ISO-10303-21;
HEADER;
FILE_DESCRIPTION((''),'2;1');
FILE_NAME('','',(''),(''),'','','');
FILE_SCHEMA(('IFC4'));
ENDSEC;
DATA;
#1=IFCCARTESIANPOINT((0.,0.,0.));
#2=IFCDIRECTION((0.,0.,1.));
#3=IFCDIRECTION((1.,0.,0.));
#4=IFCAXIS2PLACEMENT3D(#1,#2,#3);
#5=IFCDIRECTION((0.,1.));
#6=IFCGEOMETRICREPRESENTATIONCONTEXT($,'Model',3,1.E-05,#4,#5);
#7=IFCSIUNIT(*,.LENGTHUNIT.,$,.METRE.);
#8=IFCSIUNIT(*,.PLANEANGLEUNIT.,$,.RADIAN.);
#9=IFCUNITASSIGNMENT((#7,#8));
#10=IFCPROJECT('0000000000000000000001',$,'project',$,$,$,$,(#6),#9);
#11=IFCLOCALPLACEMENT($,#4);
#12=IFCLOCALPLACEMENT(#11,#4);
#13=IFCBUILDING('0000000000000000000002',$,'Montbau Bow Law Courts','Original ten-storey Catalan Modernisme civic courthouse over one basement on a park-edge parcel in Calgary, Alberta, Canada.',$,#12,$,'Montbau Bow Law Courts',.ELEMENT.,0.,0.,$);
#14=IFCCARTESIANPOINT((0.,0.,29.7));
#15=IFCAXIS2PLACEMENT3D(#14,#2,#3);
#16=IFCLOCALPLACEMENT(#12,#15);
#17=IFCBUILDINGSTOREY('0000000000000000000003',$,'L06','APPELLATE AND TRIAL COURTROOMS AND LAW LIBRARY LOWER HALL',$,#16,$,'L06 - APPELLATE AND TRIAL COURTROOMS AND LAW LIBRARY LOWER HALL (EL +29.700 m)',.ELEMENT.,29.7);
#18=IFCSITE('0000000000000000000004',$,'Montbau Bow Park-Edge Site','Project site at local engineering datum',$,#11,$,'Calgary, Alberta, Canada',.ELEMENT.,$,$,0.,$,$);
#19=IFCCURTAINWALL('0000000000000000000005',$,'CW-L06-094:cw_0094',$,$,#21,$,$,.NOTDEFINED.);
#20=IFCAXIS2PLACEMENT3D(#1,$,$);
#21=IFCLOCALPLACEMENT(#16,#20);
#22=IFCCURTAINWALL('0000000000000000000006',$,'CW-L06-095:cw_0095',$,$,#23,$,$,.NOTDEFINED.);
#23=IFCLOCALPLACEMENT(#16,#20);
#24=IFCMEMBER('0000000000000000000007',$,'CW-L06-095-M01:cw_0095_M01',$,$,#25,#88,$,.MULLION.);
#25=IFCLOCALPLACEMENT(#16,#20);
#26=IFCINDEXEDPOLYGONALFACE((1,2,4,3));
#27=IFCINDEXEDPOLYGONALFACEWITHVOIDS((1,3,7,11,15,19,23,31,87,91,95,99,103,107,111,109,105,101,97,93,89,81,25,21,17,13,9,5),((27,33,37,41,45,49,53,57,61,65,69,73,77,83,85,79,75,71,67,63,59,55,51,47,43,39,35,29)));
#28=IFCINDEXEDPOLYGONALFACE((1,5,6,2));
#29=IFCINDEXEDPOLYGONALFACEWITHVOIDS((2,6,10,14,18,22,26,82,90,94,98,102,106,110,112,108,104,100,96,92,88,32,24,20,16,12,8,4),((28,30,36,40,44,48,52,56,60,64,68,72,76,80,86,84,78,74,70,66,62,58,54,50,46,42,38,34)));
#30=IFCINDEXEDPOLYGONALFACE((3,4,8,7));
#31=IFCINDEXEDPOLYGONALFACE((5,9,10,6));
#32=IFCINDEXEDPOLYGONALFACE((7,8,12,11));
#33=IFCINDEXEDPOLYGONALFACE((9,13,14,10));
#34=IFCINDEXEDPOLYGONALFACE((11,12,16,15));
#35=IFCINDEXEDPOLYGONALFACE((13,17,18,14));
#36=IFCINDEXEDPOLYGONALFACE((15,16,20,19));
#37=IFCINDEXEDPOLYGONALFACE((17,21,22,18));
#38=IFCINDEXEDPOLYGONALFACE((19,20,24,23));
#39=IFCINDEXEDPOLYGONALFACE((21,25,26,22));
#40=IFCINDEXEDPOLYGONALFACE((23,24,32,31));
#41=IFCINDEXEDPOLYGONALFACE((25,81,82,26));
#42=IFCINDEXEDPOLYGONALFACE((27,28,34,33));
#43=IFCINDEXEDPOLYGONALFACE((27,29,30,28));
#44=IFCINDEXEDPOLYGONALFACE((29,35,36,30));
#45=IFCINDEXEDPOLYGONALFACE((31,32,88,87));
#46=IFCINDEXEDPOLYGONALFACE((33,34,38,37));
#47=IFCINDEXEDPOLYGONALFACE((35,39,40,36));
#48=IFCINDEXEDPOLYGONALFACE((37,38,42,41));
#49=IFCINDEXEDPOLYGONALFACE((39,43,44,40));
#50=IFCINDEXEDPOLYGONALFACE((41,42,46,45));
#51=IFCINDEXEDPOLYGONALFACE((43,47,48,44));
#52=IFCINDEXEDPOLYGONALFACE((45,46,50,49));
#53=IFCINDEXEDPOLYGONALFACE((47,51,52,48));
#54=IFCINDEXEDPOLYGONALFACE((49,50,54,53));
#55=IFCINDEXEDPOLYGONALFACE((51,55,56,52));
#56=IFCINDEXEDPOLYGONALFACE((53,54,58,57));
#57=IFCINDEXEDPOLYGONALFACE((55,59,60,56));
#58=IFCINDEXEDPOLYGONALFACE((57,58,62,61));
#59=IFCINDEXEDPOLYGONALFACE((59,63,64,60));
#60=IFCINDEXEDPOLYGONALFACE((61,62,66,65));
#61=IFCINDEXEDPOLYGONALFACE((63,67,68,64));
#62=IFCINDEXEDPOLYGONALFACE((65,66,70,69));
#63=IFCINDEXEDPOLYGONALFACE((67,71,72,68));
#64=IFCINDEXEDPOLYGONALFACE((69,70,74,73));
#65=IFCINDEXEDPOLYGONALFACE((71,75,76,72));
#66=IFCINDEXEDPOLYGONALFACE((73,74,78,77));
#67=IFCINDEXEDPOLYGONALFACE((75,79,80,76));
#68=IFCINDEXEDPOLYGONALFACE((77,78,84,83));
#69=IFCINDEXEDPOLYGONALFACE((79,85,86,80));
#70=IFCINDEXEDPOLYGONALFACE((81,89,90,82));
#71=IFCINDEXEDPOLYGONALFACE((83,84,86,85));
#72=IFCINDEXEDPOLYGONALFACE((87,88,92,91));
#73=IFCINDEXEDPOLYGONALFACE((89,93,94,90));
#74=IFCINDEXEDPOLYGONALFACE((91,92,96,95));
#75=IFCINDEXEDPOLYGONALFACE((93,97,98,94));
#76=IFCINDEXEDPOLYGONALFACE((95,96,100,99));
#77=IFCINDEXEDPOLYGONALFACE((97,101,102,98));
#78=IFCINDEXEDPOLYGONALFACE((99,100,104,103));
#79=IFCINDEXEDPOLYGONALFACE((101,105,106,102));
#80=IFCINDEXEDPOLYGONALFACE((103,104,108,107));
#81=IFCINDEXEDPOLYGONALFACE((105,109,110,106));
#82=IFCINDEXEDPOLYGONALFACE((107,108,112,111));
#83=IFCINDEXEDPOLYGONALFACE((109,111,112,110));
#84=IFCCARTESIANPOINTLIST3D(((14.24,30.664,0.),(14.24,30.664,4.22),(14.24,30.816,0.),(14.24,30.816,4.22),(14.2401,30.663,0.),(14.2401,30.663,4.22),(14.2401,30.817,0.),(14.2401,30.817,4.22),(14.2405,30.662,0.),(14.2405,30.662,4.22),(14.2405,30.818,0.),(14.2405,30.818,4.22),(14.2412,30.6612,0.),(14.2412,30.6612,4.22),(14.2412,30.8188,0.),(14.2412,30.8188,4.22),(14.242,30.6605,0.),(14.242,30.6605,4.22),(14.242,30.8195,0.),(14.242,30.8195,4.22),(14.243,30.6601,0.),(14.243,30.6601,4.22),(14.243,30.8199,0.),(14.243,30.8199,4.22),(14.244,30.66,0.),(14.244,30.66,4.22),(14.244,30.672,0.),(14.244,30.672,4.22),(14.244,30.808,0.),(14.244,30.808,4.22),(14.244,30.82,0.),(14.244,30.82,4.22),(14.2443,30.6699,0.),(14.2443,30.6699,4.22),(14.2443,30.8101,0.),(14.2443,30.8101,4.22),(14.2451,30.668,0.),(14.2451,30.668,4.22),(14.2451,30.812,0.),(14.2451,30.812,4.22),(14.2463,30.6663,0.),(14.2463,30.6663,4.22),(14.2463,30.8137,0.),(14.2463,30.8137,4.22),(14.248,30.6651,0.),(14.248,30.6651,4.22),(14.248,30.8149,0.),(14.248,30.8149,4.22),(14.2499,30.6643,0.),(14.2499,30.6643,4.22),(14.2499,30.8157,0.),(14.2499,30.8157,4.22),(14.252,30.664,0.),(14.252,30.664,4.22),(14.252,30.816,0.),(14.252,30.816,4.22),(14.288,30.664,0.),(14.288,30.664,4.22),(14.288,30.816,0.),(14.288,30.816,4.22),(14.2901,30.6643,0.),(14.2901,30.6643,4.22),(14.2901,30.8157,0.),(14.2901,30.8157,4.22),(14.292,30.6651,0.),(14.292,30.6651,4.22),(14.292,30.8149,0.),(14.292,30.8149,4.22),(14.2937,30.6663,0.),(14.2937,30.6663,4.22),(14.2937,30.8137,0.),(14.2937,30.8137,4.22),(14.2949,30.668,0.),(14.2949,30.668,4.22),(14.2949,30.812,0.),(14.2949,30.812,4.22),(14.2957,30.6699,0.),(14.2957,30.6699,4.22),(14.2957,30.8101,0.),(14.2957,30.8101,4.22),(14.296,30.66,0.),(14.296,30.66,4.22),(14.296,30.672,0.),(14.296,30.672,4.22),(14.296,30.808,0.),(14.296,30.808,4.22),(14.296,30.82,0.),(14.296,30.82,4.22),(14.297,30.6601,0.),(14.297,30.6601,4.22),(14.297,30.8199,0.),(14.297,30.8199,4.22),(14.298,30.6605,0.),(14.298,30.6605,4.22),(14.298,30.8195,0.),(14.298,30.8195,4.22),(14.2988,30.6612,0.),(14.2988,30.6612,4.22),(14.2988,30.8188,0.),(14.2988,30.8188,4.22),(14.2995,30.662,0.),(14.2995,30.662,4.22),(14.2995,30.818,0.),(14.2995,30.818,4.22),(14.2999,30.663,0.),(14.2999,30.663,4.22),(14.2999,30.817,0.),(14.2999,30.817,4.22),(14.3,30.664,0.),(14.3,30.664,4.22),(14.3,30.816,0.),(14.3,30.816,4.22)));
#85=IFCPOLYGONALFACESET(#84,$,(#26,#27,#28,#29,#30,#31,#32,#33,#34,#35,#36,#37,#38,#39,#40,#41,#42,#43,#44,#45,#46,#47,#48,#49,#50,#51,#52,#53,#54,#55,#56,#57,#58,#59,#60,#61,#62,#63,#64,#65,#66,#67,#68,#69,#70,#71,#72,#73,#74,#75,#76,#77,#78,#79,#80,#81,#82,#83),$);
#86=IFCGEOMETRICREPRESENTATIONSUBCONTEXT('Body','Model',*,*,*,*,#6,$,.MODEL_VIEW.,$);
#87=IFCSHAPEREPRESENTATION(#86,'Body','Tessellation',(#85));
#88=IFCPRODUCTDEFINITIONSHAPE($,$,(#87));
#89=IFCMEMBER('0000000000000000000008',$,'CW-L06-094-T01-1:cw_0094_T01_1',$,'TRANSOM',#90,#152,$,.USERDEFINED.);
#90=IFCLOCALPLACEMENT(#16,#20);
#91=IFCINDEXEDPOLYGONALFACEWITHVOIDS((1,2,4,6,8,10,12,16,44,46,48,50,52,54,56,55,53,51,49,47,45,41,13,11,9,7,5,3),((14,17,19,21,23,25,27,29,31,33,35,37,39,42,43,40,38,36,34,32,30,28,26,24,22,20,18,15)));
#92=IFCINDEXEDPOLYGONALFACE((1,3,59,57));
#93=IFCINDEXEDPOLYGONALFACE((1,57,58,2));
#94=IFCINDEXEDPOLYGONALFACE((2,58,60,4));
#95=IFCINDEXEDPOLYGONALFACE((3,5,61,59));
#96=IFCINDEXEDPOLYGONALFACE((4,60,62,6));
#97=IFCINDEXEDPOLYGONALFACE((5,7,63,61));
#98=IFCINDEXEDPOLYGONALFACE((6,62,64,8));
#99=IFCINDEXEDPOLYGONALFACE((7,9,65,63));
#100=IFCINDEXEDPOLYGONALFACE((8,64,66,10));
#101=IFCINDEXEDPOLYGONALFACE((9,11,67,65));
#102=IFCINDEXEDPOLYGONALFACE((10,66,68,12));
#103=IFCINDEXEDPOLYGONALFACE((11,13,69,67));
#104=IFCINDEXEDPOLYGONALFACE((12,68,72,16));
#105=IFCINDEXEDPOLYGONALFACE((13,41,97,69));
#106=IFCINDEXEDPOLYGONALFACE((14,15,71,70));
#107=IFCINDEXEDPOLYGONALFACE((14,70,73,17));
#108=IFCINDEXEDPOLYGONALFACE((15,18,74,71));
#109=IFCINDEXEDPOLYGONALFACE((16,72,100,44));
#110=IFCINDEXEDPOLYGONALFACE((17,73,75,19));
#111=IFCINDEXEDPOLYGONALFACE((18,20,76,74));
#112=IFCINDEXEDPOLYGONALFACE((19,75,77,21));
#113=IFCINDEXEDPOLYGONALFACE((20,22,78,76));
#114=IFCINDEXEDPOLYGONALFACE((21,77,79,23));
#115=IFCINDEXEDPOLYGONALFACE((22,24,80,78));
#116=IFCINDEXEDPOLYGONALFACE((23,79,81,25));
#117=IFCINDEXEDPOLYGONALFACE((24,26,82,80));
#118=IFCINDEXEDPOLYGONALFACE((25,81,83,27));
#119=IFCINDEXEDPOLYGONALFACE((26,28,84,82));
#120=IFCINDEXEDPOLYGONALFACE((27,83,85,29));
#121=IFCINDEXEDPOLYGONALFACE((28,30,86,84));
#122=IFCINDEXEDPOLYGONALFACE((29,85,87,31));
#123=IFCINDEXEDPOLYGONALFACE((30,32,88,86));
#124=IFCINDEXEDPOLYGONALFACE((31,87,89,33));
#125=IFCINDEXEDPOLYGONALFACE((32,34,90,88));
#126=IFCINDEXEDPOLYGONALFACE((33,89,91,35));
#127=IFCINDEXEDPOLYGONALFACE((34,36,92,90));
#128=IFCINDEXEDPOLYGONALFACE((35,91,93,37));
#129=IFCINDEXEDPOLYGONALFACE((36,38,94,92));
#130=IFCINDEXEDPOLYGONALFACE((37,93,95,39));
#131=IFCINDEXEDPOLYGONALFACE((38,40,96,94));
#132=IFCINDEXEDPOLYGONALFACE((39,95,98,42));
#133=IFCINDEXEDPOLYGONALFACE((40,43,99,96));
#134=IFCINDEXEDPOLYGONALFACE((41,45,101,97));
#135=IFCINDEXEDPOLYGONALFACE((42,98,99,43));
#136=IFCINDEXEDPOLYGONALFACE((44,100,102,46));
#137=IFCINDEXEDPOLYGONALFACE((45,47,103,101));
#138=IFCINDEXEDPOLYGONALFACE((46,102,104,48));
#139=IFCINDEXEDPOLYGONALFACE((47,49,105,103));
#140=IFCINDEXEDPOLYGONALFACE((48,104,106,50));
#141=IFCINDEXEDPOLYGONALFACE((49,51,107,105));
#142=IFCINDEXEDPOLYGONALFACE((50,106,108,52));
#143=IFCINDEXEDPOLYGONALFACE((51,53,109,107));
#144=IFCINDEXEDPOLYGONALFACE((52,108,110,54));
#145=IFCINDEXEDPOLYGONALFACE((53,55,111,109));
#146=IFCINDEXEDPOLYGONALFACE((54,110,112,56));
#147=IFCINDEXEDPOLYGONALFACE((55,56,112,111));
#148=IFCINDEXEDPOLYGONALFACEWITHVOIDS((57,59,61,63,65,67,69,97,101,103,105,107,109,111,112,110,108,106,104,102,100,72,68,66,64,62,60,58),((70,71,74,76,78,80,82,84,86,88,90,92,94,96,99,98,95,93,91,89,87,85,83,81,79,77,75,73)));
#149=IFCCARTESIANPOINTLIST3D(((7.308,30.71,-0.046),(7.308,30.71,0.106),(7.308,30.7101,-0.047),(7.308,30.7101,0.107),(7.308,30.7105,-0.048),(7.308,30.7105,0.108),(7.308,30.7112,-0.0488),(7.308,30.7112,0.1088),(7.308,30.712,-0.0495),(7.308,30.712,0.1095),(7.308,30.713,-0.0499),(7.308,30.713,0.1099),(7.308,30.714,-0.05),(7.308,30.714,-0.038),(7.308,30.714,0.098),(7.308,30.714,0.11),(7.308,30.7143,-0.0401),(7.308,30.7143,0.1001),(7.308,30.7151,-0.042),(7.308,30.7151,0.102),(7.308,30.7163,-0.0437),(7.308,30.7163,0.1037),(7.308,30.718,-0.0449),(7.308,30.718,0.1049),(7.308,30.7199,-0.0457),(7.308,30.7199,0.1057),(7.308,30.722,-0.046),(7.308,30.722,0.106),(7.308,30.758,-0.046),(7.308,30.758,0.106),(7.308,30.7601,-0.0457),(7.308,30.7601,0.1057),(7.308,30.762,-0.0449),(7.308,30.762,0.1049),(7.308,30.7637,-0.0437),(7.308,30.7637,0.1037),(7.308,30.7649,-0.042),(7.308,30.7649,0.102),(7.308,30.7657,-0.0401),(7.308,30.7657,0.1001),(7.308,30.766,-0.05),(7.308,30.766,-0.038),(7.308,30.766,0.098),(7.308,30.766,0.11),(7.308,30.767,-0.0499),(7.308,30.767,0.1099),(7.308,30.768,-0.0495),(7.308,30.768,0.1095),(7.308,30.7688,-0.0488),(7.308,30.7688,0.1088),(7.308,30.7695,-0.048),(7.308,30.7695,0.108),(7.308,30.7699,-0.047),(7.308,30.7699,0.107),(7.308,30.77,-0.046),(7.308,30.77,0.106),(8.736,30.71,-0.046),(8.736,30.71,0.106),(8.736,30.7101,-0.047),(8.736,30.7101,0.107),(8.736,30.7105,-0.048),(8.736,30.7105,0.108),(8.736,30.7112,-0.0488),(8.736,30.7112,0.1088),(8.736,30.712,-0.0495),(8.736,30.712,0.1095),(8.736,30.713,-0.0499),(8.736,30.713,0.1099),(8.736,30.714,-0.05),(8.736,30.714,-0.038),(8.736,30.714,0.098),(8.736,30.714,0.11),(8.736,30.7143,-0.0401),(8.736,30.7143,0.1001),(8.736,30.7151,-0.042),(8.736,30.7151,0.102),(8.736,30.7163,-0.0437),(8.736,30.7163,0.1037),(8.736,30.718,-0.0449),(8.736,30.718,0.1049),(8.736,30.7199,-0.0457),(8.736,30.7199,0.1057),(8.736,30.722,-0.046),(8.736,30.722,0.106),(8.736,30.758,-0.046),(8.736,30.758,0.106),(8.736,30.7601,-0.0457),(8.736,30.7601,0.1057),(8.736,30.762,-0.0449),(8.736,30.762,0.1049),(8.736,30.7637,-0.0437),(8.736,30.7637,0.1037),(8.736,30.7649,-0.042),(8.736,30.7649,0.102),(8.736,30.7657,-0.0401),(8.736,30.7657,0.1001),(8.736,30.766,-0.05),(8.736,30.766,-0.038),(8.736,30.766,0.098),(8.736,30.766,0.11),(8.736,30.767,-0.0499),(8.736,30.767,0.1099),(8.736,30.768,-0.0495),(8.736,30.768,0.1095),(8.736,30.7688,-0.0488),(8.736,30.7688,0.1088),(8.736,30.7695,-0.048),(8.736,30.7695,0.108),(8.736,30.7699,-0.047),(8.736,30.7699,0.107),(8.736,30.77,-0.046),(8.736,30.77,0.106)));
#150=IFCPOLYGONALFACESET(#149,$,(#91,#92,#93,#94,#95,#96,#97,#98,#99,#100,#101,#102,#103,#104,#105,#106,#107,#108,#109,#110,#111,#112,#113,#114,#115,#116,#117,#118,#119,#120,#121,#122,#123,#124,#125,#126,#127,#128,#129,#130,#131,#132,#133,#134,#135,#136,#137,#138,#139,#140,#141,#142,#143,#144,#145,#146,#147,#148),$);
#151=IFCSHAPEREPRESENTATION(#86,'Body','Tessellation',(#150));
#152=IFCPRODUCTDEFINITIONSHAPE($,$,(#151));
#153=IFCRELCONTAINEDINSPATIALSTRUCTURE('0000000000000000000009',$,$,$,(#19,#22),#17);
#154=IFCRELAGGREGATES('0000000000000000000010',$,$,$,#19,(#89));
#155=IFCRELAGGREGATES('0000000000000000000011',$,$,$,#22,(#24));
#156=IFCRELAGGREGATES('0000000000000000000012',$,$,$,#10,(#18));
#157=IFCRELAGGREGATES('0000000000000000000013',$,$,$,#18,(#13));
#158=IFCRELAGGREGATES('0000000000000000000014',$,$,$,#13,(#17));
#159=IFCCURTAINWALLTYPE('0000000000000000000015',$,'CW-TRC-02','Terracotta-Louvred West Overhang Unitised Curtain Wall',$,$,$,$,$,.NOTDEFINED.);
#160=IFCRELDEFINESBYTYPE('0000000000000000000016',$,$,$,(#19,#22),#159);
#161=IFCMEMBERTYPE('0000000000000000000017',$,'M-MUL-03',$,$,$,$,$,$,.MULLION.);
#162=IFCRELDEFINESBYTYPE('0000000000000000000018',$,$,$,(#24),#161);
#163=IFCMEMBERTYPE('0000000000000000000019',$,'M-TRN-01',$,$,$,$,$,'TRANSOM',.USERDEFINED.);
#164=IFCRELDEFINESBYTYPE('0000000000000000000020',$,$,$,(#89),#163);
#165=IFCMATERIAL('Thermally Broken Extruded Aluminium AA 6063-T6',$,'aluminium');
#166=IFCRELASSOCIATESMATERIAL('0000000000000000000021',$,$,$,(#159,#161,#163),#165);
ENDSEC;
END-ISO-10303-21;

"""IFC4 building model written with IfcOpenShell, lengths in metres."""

from ifc_helpers import new_model, si_unit, direction, frame, origin_with_axes, origin_2d_with_axis, place, context, subcontext, project, spatial, hollow_rectangle, extrude, material, material_profile, profile_set, type_object, element, aggregate, save


model = new_model("IFC4")

# Units and contexts
model_context = context("Model", 3, precision=1e-05, world=origin_with_axes(), true_north=direction((0.0, 1.0)))
body_context = subcontext(model_context, "Body", "Model", "MODEL_VIEW")
ifc_project = project(units=[si_unit("LENGTHUNIT", "METRE"), si_unit("PLANEANGLEUNIT", "RADIAN")], contexts=[model_context])

# Site, building, storey
site_placement = place(None, origin_with_axes())
site = spatial("IfcSite", under=ifc_project, at=site_placement, Name="Montbau Bow Park-Edge Site", Description="Project site at local engineering datum", LongName="Calgary, Alberta, Canada", CompositionType="ELEMENT", RefElevation=0.0)
building_placement = place(site_placement, origin_with_axes())
building = spatial("IfcBuilding", under=site, at=building_placement, Name="Montbau Bow Law Courts", Description="Original ten-storey Catalan Modernisme civic courthouse over one basement on a park-edge parcel in Calgary, Alberta, Canada.", LongName="Montbau Bow Law Courts", CompositionType="ELEMENT", ElevationOfRefHeight=0.0, ElevationOfTerrain=0.0)
storey_placement = place(building_placement, frame((0.0, 0.0, 29.7), z_axis=(0.0, 0.0, 1.0), x_axis=(1.0, 0.0, 0.0)))
storey = spatial("IfcBuildingStorey", under=building, at=storey_placement, Name="L06", Description="APPELLATE AND TRIAL COURTROOMS AND LAW LIBRARY LOWER HALL", LongName="L06 - APPELLATE AND TRIAL COURTROOMS AND LAW LIBRARY LOWER HALL (EL +29.700 m)", CompositionType="ELEMENT", Elevation=29.7)

# Curtain wall
ifc_material_1 = material(Name="Thermally Broken Extruded Aluminium AA 6063-T6", Category="aluminium")
curtain_wall_type = type_object("IfcCurtainWallType", Name="CW-TRC-02", Description="Terracotta-Louvred West Overhang Unitised Curtain Wall", PredefinedType="NOTDEFINED", material=ifc_material_1)
curtain_wall_1_placement = place(None, frame((7.24, 30.74, 29.7), z_axis=(0.0, 0.0, 1.0), x_axis=(1.0, 0.0, 0.0)))
curtain_wall_1 = element("IfcCurtainWall", 1, at=curtain_wall_1_placement, inside=storey, type_object=curtain_wall_type, Name="CW-L06-094:cw_0094", PredefinedType="NOTDEFINED")

# Curtain wall, member
curtain_wall_2_placement = place(None, frame((14.24, 30.74, 29.7), z_axis=(0.0, 0.0, 1.0), x_axis=(1.0, 0.0, 0.0)))
curtain_wall_2 = element("IfcCurtainWall", 2, at=curtain_wall_2_placement, inside=storey, type_object=curtain_wall_type, Name="CW-L06-095:cw_0095", PredefinedType="NOTDEFINED")
ifc_material_profile_1 = material_profile(ifc_material_1, hollow_rectangle(XDim=0.06, YDim=0.16, WallThickness=0.004, InnerFilletRadius=0.008, OuterFilletRadius=0.004, at=origin_2d_with_axis()), Name="CWM-160X60", Category="Main", Priority=0)
ifc_profile_set_1 = profile_set([ifc_material_profile_1], Name="Thermally Broken Extruded Aluminium AA 6063-T6")
member_type_1 = type_object("IfcMemberType", Name="M-MUL-03", PredefinedType="MULLION", material=ifc_profile_set_1)
member_1_placement = place(None, frame((14.27, 30.74, 29.7), z_axis=(0.0, 0.0, 1.0), x_axis=(1.0, 0.0, 0.0)))
member_1 = element("IfcMember", 3, at=member_1_placement, type_object=member_type_1, Name="CW-L06-095-M01:cw_0095_M01", PredefinedType="MULLION", context=body_context, shape_type="SweptSolid", body=[
    extrude(hollow_rectangle(XDim=0.06, YDim=0.16, WallThickness=0.004, InnerFilletRadius=0.008, OuterFilletRadius=0.004, at=origin_2d_with_axis()), origin_with_axes(), (0.0, 0.0, 1.0), 4.22),
])

# Member
ifc_material_profile_2 = material_profile(ifc_material_1, hollow_rectangle(XDim=0.06, YDim=0.16, WallThickness=0.004, InnerFilletRadius=0.008, OuterFilletRadius=0.004, at=origin_2d_with_axis()), Name="CWT-160X60", Category="Main", Priority=0)
ifc_profile_set_2 = profile_set([ifc_material_profile_2], Name="Thermally Broken Extruded Aluminium AA 6063-T6")
member_type_2 = type_object("IfcMemberType", Name="M-TRN-01", ElementType="TRANSOM", PredefinedType="USERDEFINED", material=ifc_profile_set_2)
member_2_placement = place(None, frame((7.308, 30.74, 29.73), z_axis=(1.0, 0.0, 0.0), x_axis=(0.0, 1.0, 0.0)))
member_2 = element("IfcMember", 4, at=member_2_placement, type_object=member_type_2, Name="CW-L06-094-T01-1:cw_0094_T01_1", ObjectType="TRANSOM", PredefinedType="USERDEFINED", context=body_context, shape_type="SweptSolid", body=[
    extrude(hollow_rectangle(XDim=0.06, YDim=0.16, WallThickness=0.004, InnerFilletRadius=0.008, OuterFilletRadius=0.004, at=origin_2d_with_axis()), origin_with_axes(), (0.0, 0.0, 1.0), 1.428),
])

aggregate(curtain_wall_1, [member_2])
aggregate(curtain_wall_2, [member_1])

save(model, "model.ifc")
